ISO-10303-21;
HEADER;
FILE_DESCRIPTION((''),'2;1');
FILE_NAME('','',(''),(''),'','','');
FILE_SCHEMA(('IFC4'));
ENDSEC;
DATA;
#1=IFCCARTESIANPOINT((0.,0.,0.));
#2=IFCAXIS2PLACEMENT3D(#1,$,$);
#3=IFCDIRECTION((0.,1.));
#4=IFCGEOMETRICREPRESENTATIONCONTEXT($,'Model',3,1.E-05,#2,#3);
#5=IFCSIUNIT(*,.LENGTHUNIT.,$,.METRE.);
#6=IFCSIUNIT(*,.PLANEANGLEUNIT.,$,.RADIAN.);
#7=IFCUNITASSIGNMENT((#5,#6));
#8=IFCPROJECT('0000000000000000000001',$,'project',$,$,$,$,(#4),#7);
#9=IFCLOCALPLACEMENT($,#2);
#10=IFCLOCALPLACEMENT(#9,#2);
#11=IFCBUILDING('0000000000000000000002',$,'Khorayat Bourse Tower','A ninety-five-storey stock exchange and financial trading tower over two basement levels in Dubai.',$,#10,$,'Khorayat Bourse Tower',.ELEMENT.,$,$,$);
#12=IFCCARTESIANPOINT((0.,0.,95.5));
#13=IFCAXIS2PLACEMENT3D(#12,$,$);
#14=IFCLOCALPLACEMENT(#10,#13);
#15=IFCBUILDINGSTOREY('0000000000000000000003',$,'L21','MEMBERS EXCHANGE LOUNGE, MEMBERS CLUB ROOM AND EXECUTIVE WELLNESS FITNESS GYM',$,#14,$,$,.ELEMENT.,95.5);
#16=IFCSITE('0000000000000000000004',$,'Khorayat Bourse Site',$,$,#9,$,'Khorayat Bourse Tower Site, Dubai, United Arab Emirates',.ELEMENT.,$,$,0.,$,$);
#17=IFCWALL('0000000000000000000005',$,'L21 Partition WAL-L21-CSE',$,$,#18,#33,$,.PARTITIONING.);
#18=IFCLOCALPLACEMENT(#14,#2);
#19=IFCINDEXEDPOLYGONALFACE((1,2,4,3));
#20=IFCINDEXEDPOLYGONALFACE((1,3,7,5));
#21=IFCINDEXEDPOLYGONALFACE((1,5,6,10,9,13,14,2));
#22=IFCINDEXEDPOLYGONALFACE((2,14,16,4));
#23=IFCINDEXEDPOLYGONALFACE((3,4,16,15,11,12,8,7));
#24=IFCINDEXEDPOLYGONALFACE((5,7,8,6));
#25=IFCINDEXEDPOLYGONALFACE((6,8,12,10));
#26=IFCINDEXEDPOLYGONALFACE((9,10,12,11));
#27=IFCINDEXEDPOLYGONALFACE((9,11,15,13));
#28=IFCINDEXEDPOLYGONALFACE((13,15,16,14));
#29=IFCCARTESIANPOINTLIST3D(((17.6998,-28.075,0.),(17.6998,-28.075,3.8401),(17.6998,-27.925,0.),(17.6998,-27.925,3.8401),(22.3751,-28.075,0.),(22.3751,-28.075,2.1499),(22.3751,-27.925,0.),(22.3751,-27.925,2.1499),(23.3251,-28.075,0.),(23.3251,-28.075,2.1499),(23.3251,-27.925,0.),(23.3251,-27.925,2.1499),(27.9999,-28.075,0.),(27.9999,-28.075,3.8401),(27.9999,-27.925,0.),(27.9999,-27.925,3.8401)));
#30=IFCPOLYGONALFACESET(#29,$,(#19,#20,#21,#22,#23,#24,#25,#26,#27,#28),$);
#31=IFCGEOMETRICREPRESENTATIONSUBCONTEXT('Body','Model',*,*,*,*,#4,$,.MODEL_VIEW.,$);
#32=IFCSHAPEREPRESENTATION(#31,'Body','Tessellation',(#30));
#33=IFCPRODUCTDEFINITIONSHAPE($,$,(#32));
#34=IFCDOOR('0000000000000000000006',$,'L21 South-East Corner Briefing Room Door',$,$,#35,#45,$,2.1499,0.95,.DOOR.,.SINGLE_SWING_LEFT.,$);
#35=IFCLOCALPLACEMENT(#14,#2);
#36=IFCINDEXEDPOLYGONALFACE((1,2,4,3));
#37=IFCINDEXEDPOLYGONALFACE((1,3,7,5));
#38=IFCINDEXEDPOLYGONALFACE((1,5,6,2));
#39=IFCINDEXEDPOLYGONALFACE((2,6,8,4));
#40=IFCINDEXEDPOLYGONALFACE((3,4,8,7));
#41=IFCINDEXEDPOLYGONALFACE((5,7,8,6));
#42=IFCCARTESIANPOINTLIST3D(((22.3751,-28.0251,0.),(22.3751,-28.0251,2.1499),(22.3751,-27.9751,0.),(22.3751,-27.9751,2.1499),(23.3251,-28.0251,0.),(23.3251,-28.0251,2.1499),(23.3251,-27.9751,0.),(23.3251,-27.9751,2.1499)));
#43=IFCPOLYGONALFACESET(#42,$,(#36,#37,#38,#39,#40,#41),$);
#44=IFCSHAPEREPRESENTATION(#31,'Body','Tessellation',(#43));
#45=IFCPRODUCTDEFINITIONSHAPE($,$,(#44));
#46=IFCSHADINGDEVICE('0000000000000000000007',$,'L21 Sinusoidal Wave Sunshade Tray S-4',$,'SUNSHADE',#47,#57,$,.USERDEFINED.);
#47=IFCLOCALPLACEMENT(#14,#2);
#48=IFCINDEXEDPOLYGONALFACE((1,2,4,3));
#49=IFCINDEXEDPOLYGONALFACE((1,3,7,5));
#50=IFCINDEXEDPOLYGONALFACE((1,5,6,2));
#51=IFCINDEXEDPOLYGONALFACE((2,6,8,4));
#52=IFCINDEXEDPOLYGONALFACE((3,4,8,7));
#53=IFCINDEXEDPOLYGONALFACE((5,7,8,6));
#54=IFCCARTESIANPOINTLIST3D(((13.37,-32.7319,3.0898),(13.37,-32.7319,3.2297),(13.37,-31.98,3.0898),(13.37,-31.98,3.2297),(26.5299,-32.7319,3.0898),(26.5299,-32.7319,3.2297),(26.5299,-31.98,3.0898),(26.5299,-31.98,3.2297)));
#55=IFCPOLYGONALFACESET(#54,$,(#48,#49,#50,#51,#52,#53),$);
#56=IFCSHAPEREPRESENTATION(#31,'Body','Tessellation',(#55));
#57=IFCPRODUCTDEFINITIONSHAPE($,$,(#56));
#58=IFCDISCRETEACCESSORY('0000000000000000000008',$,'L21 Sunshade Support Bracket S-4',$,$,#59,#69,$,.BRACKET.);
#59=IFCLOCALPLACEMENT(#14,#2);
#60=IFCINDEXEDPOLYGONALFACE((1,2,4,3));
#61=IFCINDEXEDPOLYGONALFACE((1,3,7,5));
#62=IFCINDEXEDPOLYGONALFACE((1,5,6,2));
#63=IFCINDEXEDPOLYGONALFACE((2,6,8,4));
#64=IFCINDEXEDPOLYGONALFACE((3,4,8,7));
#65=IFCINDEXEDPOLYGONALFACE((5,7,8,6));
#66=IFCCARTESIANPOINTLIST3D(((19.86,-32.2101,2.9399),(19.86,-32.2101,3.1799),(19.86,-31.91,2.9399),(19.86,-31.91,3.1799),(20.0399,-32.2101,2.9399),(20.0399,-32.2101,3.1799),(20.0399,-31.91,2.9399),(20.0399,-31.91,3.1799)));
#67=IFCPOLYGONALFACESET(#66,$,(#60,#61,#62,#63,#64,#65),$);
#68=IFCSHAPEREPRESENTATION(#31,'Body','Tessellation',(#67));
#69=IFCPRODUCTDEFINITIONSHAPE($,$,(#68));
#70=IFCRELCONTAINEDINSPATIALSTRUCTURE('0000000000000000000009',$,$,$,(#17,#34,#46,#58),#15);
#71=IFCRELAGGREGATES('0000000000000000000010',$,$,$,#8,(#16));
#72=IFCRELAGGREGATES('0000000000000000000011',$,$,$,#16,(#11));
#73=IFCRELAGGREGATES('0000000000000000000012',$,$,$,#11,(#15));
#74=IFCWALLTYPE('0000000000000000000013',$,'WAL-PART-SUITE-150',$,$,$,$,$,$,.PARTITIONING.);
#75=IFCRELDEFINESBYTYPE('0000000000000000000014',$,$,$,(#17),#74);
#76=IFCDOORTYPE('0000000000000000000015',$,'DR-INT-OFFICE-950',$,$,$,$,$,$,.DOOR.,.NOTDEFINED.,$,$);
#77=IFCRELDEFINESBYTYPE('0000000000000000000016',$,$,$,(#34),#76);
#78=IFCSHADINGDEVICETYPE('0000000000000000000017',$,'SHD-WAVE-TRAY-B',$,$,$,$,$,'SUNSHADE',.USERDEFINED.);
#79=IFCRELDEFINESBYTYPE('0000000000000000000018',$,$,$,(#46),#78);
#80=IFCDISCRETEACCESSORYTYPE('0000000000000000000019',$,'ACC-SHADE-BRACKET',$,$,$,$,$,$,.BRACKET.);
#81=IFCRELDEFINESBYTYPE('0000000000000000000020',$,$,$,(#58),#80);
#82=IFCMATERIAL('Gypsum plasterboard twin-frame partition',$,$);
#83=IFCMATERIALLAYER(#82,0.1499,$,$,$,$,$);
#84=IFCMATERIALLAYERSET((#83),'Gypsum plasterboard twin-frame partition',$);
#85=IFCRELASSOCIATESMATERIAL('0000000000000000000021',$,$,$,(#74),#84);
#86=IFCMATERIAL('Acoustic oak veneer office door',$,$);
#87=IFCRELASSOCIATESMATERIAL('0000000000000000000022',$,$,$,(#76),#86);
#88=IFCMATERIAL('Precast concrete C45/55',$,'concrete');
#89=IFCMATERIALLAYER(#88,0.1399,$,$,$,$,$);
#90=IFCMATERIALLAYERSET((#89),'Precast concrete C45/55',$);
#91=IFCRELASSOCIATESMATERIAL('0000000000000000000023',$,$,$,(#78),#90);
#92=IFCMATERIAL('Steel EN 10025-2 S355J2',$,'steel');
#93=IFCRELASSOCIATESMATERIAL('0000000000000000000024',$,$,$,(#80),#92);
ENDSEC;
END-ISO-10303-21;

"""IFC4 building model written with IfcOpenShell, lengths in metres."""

from ifc_helpers import new_model, si_unit, direction, frame, frame_2d, origin, origin_2d, place, context, subcontext, project, spatial, rectangle, extrude, source, transform, mapped, material, layer, layer_set, type_object, element, fill, save


model = new_model("IFC4")

# Units and contexts
model_context = context("Model", 3, precision=1e-05, world=origin(), true_north=direction((0.0, 1.0)))
body_context = subcontext(model_context, "Body", "Model", "MODEL_VIEW")
ifc_project = project(units=[si_unit("LENGTHUNIT", "METRE"), si_unit("PLANEANGLEUNIT", "RADIAN")], contexts=[model_context])

# Site, building, storey
site_placement = place(None, origin())
site = spatial("IfcSite", under=ifc_project, at=site_placement, Name="Khorayat Bourse Site", LongName="Khorayat Bourse Tower Site, Dubai, United Arab Emirates", CompositionType="ELEMENT", RefElevation=0.0)
building_placement = place(site_placement, origin())
building = spatial("IfcBuilding", under=site, at=building_placement, Name="Khorayat Bourse Tower", Description="A ninety-five-storey stock exchange and financial trading tower over two basement levels in Dubai.", LongName="Khorayat Bourse Tower", CompositionType="ELEMENT")
storey_placement = place(building_placement, frame((0.0, 0.0, 95.5)))
storey = spatial("IfcBuildingStorey", under=building, at=storey_placement, Name="L21", Description="MEMBERS EXCHANGE LOUNGE, MEMBERS CLUB ROOM AND EXECUTIVE WELLNESS FITNESS GYM", CompositionType="ELEMENT", Elevation=95.5)

# Shared definitions
ifc_material_1 = material(Name="Precast concrete C45/55", Category="concrete")

# Shared definitions
ifc_material_2 = material(Name="Gypsum plasterboard twin-frame partition")
ifc_layer_1 = layer(ifc_material_2, 0.1499)
ifc_layer_set_1 = layer_set([ifc_layer_1], Name="Gypsum plasterboard twin-frame partition")
wall_type_1 = type_object("IfcWallType", Name="WAL-PART-SUITE-150", PredefinedType="PARTITIONING", material=ifc_layer_set_1)

# Shared definitions
ifc_material_3 = material(Name="Acoustic oak veneer office door")
door_type = type_object("IfcDoorType", Name="DR-INT-OFFICE-950", OperationType="NOTDEFINED", PredefinedType="DOOR", material=ifc_material_3)
shared_shape_1 = source(origin(), body_context, "Body", "SweptSolid", [
    extrude(rectangle(XDim=0.95, YDim=2.1499, at=frame_2d((0.4751, 1.075))), frame((0.0, 0.0249, 0.0), z_axis=(0.0, -1.0, 0.0), x_axis=(1.0, 0.0, 0.0)), (0.0, 0.0, 1.0), 0.05),
])

# Wall, opening, door
shared_shape_2 = source(origin(), body_context, "Body", "SweptSolid", [
    extrude(rectangle(XDim=10.3, YDim=0.1499, at=frame_2d((5.1499, 0.0))), origin(), (0.0, 0.0, 1.0), 3.8401),
])
wall_1_placement = place(storey_placement, frame((17.7, -28.0, 0.0), z_axis=(0.0, 0.0, 1.0), x_axis=(1.0, 0.0, 0.0)))
wall_1 = element("IfcWall", 1, at=wall_1_placement, inside=storey, type_object=wall_type_1, Name="L21 Partition WAL-L21-CSE", PredefinedType="PARTITIONING", context=body_context, shape_type="MappedRepresentation", body=[
    mapped(shared_shape_2, transform((0.0, 0.0, 0.0), scale=1.0)),
])
shared_shape_3 = source(origin(), body_context, "Body", "SweptSolid", [
    extrude(rectangle(XDim=0.95, YDim=2.1499, at=frame_2d((0.4751, 1.075))), frame((0.0, 0.085, 0.0), z_axis=(0.0, -1.0, 0.0), x_axis=(1.0, 0.0, 0.0)), (0.0, 0.0, 1.0), 0.1699),
])
opening_1_placement = place(wall_1_placement, frame((4.675, 0.0, 0.0)))
opening_1 = element("IfcOpeningElement", 2, at=opening_1_placement, cuts=wall_1, PredefinedType="OPENING", context=body_context, shape_type="MappedRepresentation", body=[
    mapped(shared_shape_3, transform((0.0, 0.0, 0.0), scale=1.0)),
])
door_1_placement = place(opening_1_placement, origin())
door_1 = element("IfcDoor", 3, at=door_1_placement, inside=storey, type_object=door_type, Name="L21 South-East Corner Briefing Room Door", OperationType="SINGLE_SWING_LEFT", OverallHeight=2.1499, OverallWidth=0.95, PredefinedType="DOOR", context=body_context, shape_type="MappedRepresentation", body=[
    mapped(shared_shape_1, transform((0.0, 0.0, 0.0), scale=1.0)),
])
fill(opening_1, door_1)

# Shading device
ifc_layer_2 = layer(ifc_material_1, 0.1399)
ifc_layer_set_2 = layer_set([ifc_layer_2], Name="Precast concrete C45/55")
shading_device_type = type_object("IfcShadingDeviceType", Name="SHD-WAVE-TRAY-B", ElementType="SUNSHADE", PredefinedType="USERDEFINED", material=ifc_layer_set_2)
shared_shape_4 = source(origin(), body_context, "Body", "SweptSolid", [
    extrude(rectangle(XDim=13.1599, YDim=0.752, at=origin_2d()), origin(), (0.0, 0.0, 1.0), 0.1399),
])
shading_device_placement = place(storey_placement, frame((19.95, -32.356, 3.0898), z_axis=(0.0, 0.0, 1.0), x_axis=(1.0, 0.0, 0.0)))
element("IfcShadingDevice", 4, at=shading_device_placement, inside=storey, type_object=shading_device_type, Name="L21 Sinusoidal Wave Sunshade Tray S-4", ObjectType="SUNSHADE", PredefinedType="USERDEFINED", context=body_context, shape_type="MappedRepresentation", body=[
    mapped(shared_shape_4, transform((0.0, 0.0, 0.0), scale=1.0)),
])

# Discrete accessory
ifc_material_4 = material(Name="Steel EN 10025-2 S355J2", Category="steel")
discrete_accessory_type = type_object("IfcDiscreteAccessoryType", Name="ACC-SHADE-BRACKET", PredefinedType="BRACKET", material=ifc_material_4)
shared_shape_5 = source(origin(), body_context, "Body", "SweptSolid", [
    extrude(rectangle(XDim=0.1799, YDim=0.3, at=origin_2d()), origin(), (0.0, 0.0, 1.0), 0.24),
])
discrete_accessory_placement = place(storey_placement, frame((19.95, -32.0601, 2.9399), z_axis=(0.0, 0.0, 1.0), x_axis=(1.0, 0.0, 0.0)))
element("IfcDiscreteAccessory", 5, at=discrete_accessory_placement, inside=storey, type_object=discrete_accessory_type, Name="L21 Sunshade Support Bracket S-4", PredefinedType="BRACKET", context=body_context, shape_type="MappedRepresentation", body=[
    mapped(shared_shape_5, transform((0.0, 0.0, 0.0), scale=1.0)),
])

save(model, "model.ifc")
